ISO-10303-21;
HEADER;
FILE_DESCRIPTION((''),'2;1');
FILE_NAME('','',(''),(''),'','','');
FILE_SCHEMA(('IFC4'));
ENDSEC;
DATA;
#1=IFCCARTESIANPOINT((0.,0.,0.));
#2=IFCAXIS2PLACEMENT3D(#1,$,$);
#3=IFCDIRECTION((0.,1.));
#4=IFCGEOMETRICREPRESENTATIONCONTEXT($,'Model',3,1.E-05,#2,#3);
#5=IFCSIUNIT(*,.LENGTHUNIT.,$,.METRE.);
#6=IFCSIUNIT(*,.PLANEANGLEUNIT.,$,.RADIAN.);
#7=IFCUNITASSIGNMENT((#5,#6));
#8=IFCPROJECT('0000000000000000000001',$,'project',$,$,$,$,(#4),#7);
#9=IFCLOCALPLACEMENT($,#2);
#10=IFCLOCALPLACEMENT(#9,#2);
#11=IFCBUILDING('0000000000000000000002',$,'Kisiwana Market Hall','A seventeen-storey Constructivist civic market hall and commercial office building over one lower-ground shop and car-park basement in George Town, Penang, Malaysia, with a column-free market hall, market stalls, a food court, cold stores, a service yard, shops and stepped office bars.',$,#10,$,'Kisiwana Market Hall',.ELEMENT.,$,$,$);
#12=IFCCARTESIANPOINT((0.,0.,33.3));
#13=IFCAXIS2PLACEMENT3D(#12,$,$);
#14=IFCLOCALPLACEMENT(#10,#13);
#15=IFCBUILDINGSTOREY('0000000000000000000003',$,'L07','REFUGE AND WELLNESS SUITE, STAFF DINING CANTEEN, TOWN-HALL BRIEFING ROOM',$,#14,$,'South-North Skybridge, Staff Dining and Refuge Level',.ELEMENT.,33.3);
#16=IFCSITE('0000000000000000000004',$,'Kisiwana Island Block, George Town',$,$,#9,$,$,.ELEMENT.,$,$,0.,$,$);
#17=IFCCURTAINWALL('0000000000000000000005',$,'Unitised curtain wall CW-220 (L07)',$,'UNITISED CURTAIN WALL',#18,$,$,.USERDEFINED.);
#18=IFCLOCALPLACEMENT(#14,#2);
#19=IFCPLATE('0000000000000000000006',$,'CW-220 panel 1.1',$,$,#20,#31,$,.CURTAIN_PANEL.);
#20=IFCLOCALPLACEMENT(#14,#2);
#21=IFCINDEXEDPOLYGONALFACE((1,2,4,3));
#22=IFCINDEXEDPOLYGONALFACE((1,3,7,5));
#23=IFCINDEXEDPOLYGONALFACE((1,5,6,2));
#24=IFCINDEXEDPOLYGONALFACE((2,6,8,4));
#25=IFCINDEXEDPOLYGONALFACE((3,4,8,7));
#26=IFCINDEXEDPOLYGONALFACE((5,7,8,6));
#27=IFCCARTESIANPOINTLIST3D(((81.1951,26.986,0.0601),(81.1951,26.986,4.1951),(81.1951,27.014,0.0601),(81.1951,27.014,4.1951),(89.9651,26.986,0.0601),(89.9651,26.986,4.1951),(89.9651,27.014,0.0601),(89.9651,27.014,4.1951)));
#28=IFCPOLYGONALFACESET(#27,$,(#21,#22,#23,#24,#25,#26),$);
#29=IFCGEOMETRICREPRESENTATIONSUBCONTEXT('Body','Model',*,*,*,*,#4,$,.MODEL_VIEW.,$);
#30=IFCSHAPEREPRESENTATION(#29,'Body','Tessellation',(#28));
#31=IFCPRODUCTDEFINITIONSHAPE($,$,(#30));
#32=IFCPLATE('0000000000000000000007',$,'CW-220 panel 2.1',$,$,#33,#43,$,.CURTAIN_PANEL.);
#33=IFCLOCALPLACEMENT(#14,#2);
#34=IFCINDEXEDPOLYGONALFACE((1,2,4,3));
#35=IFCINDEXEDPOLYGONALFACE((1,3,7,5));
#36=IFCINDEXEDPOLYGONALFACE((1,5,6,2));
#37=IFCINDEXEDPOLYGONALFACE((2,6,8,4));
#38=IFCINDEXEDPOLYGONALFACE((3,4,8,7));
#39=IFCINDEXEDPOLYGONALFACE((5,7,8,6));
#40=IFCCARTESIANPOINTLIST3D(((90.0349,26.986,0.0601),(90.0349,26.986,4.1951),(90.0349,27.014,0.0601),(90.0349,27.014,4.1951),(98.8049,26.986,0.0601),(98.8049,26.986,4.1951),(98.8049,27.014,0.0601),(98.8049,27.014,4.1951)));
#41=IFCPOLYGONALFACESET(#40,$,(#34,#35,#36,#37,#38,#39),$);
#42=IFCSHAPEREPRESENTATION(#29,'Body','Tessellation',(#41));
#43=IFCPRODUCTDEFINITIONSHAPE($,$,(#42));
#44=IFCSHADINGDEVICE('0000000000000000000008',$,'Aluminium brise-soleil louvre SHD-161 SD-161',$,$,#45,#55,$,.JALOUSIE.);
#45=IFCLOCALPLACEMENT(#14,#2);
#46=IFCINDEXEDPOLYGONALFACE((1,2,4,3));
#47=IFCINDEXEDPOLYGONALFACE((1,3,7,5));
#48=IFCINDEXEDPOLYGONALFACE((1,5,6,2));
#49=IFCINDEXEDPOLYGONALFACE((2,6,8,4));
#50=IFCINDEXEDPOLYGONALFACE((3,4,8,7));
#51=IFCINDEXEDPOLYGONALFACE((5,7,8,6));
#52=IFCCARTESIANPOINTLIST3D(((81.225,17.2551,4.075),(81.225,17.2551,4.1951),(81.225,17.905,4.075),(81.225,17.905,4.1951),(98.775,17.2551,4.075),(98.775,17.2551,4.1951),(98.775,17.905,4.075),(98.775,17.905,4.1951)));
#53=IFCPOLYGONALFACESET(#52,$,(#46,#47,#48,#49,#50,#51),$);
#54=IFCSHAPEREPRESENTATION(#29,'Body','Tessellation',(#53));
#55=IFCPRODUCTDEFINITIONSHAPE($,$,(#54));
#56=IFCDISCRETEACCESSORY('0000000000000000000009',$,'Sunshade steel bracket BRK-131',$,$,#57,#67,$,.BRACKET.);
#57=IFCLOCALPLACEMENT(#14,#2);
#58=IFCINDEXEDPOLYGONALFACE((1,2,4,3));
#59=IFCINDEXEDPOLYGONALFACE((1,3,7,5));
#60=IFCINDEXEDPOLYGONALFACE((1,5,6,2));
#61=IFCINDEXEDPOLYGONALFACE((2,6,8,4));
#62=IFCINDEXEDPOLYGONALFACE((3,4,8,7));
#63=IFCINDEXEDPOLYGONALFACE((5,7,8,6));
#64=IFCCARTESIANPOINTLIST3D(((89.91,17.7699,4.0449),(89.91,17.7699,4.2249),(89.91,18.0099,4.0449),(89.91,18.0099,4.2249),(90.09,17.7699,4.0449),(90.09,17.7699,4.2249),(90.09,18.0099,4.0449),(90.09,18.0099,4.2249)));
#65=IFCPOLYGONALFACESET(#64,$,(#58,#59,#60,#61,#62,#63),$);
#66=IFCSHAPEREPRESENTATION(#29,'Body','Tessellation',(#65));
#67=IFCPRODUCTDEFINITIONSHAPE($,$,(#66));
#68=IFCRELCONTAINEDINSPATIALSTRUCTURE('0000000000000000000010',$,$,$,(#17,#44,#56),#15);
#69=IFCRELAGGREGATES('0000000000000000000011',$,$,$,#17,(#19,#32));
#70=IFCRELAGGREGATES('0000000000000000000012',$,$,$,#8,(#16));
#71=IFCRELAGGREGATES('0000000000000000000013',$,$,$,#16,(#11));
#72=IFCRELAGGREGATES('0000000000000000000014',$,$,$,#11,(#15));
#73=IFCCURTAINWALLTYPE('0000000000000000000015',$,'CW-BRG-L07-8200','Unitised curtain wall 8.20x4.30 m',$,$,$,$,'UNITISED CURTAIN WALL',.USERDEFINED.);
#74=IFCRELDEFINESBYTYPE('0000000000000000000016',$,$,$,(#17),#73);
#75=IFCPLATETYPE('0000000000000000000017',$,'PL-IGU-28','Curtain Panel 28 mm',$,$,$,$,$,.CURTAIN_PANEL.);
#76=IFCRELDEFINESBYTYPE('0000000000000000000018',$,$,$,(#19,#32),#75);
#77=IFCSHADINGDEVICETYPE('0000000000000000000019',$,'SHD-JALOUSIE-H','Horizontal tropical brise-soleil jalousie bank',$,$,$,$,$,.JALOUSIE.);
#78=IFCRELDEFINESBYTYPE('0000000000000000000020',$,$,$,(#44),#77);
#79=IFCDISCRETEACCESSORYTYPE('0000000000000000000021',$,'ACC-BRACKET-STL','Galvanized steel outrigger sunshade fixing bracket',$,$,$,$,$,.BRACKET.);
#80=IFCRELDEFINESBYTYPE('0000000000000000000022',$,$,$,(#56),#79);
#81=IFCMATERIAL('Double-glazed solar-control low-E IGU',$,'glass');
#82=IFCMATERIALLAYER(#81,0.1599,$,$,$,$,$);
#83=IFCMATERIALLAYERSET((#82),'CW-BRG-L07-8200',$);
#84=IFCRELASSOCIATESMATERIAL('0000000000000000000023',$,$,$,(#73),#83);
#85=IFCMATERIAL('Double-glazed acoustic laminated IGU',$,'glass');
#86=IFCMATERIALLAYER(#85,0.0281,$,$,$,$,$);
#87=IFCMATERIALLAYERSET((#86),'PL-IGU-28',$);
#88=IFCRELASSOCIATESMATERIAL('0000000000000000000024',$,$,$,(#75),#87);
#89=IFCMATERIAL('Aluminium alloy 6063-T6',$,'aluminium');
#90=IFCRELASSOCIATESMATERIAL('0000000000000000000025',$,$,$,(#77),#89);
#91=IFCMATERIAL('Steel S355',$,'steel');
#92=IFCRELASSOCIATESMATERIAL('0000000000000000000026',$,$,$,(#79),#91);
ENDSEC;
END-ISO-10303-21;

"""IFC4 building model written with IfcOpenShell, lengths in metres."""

from ifc_helpers import new_model, si_unit, direction, frame, origin, origin_2d, place, context, subcontext, project, spatial, rectangle, extrude, material, layer, layer_set, type_object, element, aggregate, save


model = new_model("IFC4")

# Units and contexts
model_context = context("Model", 3, precision=1e-05, world=origin(), true_north=direction((0.0, 1.0)))
body_context = subcontext(model_context, "Body", "Model", "MODEL_VIEW")
ifc_project = project(units=[si_unit("LENGTHUNIT", "METRE"), si_unit("PLANEANGLEUNIT", "RADIAN")], contexts=[model_context])

# Site, building, storey
site_placement = place(None, origin())
site = spatial("IfcSite", under=ifc_project, at=site_placement, Name="Kisiwana Island Block, George Town", CompositionType="ELEMENT", RefElevation=0.0)
building_placement = place(site_placement, origin())
building = spatial("IfcBuilding", under=site, at=building_placement, Name="Kisiwana Market Hall", Description="A seventeen-storey Constructivist civic market hall and commercial office building over one lower-ground shop and car-park basement in George Town, Penang, Malaysia, with a column-free market hall, market stalls, a food court, cold stores, a service yard, shops and stepped office bars.", LongName="Kisiwana Market Hall", CompositionType="ELEMENT")
storey_placement = place(building_placement, frame((0.0, 0.0, 33.3)))
storey = spatial("IfcBuildingStorey", under=building, at=storey_placement, Name="L07", Description="REFUGE AND WELLNESS SUITE, STAFF DINING CANTEEN, TOWN-HALL BRIEFING ROOM", LongName="South-North Skybridge, Staff Dining and Refuge Level", CompositionType="ELEMENT", Elevation=33.3)

# Curtain wall
ifc_material_1 = material(Name="Double-glazed solar-control low-E IGU", Category="glass")
ifc_layer_1 = layer(ifc_material_1, 0.1599)
ifc_layer_set_1 = layer_set([ifc_layer_1], Name="CW-BRG-L07-8200")
curtain_wall_type = type_object("IfcCurtainWallType", Name="CW-BRG-L07-8200", Description="Unitised curtain wall 8.20x4.30 m", ElementType="UNITISED CURTAIN WALL", PredefinedType="USERDEFINED", material=ifc_layer_set_1)
curtain_wall_1_placement = place(storey_placement, origin())
curtain_wall_1 = element("IfcCurtainWall", 1, at=curtain_wall_1_placement, inside=storey, type_object=curtain_wall_type, Name="Unitised curtain wall CW-220 (L07)", ObjectType="UNITISED CURTAIN WALL", PredefinedType="USERDEFINED")

# Plates
ifc_material_2 = material(Name="Double-glazed acoustic laminated IGU", Category="glass")
ifc_layer_2 = layer(ifc_material_2, 0.0281)
ifc_layer_set_2 = layer_set([ifc_layer_2], Name="PL-IGU-28")
plate_type = type_object("IfcPlateType", Name="PL-IGU-28", Description="Curtain Panel 28 mm", PredefinedType="CURTAIN_PANEL", material=ifc_layer_set_2)
plate_1_placement = place(storey_placement, frame((85.5801, 27.0, 0.0601), z_axis=(0.0, 0.0, 1.0), x_axis=(1.0, 0.0, 0.0)))
plate_1 = element("IfcPlate", 2, at=plate_1_placement, type_object=plate_type, Name="CW-220 panel 1.1", PredefinedType="CURTAIN_PANEL", context=body_context, shape_type="SweptSolid", body=[
    extrude(rectangle(XDim=8.77, YDim=0.0281, at=origin_2d()), origin(), (0.0, 0.0, 1.0), 4.135),
])
plate_2_placement = place(storey_placement, frame((94.4199, 27.0, 0.0601), z_axis=(0.0, 0.0, 1.0), x_axis=(1.0, 0.0, 0.0)))
plate_2 = element("IfcPlate", 3, at=plate_2_placement, type_object=plate_type, Name="CW-220 panel 2.1", PredefinedType="CURTAIN_PANEL", context=body_context, shape_type="SweptSolid", body=[
    extrude(rectangle(XDim=8.77, YDim=0.0281, at=origin_2d()), origin(), (0.0, 0.0, 1.0), 4.135),
])
aggregate(curtain_wall_1, [plate_1, plate_2])

# Shading device
ifc_material_3 = material(Name="Aluminium alloy 6063-T6", Category="aluminium")
shading_device_type = type_object("IfcShadingDeviceType", Name="SHD-JALOUSIE-H", Description="Horizontal tropical brise-soleil jalousie bank", PredefinedType="JALOUSIE", material=ifc_material_3)
shading_device_placement = place(storey_placement, frame((90.0, 17.5801, 4.075), z_axis=(0.0, 0.0, 1.0), x_axis=(1.0, 0.0, 0.0)))
element("IfcShadingDevice", 4, at=shading_device_placement, inside=storey, type_object=shading_device_type, Name="Aluminium brise-soleil louvre SHD-161 SD-161", PredefinedType="JALOUSIE", context=body_context, shape_type="SweptSolid", body=[
    extrude(rectangle(XDim=17.55, YDim=0.6499, at=origin_2d()), origin(), (0.0, 0.0, 1.0), 0.1201),
])

# Discrete accessory
ifc_material_4 = material(Name="Steel S355", Category="steel")
discrete_accessory_type = type_object("IfcDiscreteAccessoryType", Name="ACC-BRACKET-STL", Description="Galvanized steel outrigger sunshade fixing bracket", PredefinedType="BRACKET", material=ifc_material_4)
discrete_accessory_placement = place(storey_placement, frame((90.0, 17.8899, 4.0449), z_axis=(0.0, 0.0, 1.0), x_axis=(1.0, 0.0, 0.0)))
element("IfcDiscreteAccessory", 5, at=discrete_accessory_placement, inside=storey, type_object=discrete_accessory_type, Name="Sunshade steel bracket BRK-131", PredefinedType="BRACKET", context=body_context, shape_type="SweptSolid", body=[
    extrude(rectangle(XDim=0.1799, YDim=0.24, at=origin_2d()), origin(), (0.0, 0.0, 1.0), 0.1799),
])

save(model, "model.ifc")
